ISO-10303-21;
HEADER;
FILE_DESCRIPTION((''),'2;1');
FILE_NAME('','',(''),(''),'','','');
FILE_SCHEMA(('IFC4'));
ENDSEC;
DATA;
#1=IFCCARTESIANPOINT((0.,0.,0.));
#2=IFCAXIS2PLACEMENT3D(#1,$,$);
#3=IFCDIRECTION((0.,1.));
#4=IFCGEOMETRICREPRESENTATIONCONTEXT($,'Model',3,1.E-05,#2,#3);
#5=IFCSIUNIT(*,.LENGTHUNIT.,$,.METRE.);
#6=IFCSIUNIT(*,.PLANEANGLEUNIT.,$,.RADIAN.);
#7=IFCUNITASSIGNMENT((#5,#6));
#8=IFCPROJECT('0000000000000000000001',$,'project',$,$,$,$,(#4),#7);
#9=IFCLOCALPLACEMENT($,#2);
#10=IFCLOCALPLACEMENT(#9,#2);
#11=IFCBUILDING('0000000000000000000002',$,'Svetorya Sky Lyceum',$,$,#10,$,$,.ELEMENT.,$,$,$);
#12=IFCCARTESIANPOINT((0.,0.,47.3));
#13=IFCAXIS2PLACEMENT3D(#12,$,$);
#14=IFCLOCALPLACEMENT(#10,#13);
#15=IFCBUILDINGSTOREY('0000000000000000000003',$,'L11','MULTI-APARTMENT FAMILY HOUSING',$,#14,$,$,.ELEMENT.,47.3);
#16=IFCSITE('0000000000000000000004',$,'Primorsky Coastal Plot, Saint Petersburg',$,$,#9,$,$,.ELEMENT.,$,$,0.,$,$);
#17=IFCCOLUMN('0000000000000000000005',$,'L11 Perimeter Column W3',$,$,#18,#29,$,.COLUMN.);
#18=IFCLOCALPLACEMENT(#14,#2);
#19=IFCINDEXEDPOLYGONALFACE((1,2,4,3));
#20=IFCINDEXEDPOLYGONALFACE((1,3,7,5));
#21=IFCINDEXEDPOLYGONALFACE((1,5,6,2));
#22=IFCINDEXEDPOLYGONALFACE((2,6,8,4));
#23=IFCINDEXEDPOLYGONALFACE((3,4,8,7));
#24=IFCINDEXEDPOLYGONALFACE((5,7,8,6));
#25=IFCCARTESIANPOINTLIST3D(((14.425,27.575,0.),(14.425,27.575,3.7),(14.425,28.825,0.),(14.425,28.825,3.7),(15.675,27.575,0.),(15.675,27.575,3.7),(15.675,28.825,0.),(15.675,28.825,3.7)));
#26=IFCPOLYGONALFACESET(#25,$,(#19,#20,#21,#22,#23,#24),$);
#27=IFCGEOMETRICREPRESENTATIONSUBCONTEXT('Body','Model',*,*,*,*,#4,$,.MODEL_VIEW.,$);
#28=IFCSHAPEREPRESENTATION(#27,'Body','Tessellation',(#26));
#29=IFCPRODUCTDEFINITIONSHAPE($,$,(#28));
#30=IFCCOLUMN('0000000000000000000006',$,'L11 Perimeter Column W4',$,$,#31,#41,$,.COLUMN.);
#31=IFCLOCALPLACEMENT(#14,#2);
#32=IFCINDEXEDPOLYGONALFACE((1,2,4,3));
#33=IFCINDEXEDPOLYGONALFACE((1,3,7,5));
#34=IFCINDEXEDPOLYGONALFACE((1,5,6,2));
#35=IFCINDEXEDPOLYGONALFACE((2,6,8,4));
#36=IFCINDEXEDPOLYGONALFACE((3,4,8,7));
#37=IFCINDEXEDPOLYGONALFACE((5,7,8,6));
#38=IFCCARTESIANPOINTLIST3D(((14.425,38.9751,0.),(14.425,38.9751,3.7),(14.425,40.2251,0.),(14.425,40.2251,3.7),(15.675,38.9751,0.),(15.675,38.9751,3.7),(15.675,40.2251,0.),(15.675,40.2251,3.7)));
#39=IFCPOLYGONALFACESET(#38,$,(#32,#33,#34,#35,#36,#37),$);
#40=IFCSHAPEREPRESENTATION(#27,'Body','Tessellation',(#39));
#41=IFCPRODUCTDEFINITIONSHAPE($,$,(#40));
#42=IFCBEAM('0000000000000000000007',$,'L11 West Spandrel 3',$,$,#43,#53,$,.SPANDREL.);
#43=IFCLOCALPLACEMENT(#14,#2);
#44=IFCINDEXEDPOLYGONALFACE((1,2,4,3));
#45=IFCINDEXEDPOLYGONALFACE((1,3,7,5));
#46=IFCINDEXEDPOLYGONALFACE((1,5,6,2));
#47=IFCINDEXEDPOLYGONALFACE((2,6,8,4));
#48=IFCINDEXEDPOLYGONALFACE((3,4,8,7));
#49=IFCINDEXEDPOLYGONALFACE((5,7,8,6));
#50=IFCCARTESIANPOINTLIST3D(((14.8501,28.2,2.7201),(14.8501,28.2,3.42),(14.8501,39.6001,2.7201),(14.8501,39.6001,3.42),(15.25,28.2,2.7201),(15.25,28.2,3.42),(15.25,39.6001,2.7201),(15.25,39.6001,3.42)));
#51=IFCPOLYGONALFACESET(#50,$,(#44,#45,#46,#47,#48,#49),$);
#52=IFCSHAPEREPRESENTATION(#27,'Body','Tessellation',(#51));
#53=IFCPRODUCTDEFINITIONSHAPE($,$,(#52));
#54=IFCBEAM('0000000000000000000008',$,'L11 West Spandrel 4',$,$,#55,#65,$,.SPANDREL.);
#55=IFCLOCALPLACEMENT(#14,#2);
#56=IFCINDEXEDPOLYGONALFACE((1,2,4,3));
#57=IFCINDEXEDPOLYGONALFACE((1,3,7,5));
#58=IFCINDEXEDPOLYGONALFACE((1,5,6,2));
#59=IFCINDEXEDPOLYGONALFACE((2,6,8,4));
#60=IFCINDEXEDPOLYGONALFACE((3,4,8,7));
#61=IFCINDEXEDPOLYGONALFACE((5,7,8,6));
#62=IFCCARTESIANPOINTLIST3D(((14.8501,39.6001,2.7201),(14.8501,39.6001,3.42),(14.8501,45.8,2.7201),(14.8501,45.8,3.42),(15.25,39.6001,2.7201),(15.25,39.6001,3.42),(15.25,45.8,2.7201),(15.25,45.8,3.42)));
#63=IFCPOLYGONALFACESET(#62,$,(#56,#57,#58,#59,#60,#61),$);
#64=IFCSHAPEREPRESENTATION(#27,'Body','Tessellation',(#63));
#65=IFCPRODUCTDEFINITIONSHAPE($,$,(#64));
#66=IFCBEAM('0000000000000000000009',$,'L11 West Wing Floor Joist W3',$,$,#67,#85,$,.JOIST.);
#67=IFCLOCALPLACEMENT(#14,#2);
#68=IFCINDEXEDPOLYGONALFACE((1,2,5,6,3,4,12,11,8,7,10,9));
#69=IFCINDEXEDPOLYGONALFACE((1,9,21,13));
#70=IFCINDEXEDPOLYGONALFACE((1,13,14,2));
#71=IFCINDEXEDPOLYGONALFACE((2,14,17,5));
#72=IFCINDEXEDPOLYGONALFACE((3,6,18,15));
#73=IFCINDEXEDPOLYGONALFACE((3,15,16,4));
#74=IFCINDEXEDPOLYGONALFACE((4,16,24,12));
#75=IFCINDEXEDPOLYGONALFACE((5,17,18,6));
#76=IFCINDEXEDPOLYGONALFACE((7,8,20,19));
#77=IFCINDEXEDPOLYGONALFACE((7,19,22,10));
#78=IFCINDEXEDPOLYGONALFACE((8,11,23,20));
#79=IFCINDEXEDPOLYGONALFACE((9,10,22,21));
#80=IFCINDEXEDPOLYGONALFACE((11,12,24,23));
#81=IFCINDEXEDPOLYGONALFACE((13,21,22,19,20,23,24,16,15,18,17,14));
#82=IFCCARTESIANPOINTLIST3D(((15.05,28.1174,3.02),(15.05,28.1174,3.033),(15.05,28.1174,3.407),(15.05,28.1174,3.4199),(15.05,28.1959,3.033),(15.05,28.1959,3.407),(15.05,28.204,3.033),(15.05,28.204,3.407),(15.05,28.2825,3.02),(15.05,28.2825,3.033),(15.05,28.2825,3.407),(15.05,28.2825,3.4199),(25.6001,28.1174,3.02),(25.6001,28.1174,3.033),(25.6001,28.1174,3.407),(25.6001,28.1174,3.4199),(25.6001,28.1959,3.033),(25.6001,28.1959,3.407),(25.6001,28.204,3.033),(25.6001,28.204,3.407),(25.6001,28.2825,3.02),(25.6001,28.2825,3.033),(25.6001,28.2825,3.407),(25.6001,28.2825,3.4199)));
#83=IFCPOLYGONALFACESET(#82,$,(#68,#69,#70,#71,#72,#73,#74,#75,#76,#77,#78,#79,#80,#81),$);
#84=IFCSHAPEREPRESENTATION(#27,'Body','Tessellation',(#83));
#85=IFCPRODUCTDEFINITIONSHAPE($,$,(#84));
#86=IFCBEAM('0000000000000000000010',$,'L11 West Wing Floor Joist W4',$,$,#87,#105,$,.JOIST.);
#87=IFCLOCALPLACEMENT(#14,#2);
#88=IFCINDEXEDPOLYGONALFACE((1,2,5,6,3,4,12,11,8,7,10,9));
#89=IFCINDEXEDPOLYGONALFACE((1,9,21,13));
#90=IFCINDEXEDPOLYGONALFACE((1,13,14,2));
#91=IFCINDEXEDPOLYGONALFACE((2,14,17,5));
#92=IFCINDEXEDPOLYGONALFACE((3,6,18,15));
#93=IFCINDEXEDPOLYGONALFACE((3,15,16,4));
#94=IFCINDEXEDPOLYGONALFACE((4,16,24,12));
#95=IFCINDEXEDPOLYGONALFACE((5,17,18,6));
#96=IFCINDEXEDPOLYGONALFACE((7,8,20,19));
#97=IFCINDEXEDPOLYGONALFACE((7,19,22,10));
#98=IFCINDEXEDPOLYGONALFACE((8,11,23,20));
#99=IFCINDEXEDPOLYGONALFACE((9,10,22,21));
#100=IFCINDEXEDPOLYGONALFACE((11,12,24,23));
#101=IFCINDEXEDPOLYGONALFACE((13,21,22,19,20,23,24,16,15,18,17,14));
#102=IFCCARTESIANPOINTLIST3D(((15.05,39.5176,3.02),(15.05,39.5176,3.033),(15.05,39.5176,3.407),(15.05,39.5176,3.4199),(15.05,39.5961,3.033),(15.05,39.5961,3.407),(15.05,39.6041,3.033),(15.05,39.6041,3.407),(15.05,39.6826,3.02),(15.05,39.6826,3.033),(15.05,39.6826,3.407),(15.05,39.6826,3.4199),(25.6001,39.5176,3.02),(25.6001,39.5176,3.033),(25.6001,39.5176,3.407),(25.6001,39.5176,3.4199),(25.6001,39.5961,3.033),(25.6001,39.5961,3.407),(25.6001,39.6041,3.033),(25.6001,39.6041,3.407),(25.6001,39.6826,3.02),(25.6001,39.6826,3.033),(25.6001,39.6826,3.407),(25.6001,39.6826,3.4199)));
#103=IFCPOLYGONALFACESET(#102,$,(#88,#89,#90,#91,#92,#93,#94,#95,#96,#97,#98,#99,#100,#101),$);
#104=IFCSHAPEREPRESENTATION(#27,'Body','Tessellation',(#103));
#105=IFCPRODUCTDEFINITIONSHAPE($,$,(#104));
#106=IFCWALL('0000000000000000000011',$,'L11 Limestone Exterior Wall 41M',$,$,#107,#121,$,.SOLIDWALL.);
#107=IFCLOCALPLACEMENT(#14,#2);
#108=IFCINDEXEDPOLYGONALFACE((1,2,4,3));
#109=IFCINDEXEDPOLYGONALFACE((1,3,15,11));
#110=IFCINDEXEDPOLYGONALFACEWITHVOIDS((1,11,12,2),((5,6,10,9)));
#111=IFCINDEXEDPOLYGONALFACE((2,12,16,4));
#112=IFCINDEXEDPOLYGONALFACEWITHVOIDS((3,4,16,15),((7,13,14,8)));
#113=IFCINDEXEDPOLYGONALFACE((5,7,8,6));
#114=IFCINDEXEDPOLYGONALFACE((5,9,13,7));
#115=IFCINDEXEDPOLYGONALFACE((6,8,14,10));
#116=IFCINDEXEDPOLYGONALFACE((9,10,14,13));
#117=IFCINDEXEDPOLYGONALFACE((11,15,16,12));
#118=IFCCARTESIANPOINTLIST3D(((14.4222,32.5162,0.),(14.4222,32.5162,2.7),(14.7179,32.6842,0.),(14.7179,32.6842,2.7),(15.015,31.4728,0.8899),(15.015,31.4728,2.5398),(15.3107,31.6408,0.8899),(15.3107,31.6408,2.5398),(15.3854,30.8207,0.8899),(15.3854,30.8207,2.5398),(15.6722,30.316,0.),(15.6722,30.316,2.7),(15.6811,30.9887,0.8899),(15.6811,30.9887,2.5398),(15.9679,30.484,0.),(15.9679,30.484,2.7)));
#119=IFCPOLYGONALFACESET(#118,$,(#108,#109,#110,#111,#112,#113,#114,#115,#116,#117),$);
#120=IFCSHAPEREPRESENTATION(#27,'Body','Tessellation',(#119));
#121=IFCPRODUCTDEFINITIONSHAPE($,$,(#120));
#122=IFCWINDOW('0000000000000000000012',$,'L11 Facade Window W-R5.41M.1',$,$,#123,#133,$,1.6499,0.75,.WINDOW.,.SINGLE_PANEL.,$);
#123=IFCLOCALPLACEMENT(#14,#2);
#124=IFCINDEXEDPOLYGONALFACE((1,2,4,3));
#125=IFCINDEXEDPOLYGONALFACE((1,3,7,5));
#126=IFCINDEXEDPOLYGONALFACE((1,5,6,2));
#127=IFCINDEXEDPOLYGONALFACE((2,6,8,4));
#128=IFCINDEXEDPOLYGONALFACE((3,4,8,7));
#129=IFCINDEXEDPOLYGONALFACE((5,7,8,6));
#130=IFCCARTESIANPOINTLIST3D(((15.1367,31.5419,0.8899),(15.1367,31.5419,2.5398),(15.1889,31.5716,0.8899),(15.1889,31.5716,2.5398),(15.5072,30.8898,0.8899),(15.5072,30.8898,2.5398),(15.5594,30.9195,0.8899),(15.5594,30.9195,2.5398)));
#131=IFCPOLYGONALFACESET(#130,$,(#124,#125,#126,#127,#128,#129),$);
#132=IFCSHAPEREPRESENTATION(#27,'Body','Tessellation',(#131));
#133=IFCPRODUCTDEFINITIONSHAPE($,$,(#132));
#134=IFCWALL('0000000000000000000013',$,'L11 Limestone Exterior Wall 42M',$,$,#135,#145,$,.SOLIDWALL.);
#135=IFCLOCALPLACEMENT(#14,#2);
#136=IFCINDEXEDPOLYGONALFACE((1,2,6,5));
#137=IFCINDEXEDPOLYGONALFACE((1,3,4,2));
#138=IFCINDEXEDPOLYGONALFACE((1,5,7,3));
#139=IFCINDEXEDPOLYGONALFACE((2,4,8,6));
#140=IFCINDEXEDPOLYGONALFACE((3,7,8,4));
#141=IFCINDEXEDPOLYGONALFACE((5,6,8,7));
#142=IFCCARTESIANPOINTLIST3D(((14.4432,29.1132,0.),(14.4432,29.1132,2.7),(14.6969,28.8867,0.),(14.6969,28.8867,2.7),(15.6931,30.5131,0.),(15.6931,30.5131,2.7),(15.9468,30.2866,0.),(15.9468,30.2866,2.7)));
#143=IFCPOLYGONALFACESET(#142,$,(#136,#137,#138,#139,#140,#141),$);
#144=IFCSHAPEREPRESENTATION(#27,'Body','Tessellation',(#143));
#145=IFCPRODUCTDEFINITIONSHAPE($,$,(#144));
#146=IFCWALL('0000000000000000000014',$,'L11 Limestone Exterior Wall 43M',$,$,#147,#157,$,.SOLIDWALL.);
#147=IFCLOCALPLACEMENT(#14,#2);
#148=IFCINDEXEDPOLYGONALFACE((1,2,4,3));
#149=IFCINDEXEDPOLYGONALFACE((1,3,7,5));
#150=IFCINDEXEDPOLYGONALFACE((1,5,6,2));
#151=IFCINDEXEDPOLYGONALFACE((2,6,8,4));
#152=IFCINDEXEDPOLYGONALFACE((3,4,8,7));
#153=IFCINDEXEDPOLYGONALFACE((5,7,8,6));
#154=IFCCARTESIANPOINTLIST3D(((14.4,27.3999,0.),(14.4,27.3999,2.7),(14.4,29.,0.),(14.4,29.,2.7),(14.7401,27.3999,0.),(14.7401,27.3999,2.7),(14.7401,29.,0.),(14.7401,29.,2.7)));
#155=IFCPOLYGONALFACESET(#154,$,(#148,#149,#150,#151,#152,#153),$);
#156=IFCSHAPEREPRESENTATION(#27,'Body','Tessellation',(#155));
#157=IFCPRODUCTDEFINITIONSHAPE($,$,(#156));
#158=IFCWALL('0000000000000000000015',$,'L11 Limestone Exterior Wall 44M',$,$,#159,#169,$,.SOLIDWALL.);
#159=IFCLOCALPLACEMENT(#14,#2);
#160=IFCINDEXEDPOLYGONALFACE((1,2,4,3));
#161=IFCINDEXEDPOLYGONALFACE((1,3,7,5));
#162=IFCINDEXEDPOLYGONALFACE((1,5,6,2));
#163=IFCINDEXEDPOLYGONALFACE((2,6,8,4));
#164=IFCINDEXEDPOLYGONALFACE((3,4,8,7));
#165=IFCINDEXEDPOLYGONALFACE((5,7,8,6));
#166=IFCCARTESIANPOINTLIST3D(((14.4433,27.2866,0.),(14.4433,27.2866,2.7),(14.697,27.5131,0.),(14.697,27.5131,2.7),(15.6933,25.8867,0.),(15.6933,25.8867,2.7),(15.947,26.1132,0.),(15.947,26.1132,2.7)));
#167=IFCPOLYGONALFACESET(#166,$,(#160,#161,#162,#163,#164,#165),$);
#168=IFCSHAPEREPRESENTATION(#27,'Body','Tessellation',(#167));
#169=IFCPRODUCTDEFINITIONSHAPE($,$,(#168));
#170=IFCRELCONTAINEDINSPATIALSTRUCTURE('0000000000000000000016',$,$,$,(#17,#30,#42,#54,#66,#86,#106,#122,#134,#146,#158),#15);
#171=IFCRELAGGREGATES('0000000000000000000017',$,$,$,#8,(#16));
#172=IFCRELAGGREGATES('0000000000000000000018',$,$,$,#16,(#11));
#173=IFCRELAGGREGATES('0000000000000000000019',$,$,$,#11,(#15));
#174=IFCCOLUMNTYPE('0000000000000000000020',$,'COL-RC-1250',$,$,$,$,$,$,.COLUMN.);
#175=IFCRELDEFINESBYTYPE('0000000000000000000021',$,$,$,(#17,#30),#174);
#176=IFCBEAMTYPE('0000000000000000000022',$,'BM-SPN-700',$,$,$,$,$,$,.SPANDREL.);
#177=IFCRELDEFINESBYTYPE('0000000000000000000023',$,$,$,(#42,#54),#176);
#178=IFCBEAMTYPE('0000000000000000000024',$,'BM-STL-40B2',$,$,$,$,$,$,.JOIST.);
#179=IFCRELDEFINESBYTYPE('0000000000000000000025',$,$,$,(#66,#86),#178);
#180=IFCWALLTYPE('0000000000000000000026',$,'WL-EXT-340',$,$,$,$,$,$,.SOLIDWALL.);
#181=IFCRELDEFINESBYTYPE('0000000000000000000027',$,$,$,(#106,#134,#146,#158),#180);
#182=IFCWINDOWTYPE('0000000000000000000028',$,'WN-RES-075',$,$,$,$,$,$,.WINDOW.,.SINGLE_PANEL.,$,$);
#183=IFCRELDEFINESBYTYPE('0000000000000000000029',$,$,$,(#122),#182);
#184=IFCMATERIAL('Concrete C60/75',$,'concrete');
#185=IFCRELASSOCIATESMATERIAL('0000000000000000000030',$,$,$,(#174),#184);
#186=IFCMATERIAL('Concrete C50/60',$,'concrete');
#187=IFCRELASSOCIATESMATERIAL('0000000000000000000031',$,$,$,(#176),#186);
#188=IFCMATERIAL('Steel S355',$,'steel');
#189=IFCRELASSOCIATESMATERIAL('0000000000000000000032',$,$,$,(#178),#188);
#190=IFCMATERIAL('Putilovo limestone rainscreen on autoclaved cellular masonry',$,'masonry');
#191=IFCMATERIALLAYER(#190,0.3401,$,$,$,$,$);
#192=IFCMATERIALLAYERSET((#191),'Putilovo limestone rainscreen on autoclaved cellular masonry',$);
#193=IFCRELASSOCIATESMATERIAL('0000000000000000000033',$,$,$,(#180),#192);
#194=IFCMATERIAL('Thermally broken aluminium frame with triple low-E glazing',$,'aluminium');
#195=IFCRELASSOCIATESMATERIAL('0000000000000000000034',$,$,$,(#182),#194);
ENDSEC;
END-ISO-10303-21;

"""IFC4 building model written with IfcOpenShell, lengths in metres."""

from ifc_helpers import new_model, si_unit, direction, frame, frame_2d, origin, origin_2d, place, context, subcontext, project, spatial, rectangle, i_section, extrude, material, layer, layer_set, material_profile, profile_set, type_object, element, fill, save


model = new_model("IFC4")

# Units and contexts
model_context = context("Model", 3, precision=1e-05, world=origin(), true_north=direction((0.0, 1.0)))
body_context = subcontext(model_context, "Body", "Model", "MODEL_VIEW")
ifc_project = project(units=[si_unit("LENGTHUNIT", "METRE"), si_unit("PLANEANGLEUNIT", "RADIAN")], contexts=[model_context])

# Site, building, storey
site_placement = place(None, origin())
site = spatial("IfcSite", under=ifc_project, at=site_placement, Name="Primorsky Coastal Plot, Saint Petersburg", CompositionType="ELEMENT", RefElevation=0.0)
building_placement = place(site_placement, origin())
building = spatial("IfcBuilding", under=site, at=building_placement, Name="Svetorya Sky Lyceum", CompositionType="ELEMENT")
storey_placement = place(building_placement, frame((0.0, 0.0, 47.3)))
storey = spatial("IfcBuildingStorey", under=building, at=storey_placement, Name="L11", Description="MULTI-APARTMENT FAMILY HOUSING", CompositionType="ELEMENT", Elevation=47.3)

# Columns
ifc_material_1 = material(Name="Concrete C60/75", Category="concrete")
ifc_material_profile_1 = material_profile(ifc_material_1, rectangle(XDim=1.25, YDim=1.25, at=origin_2d()), Name="RC COL 1250x1250")
ifc_profile_set_1 = profile_set([ifc_material_profile_1], Name="Concrete C60/75")
column_type = type_object("IfcColumnType", Name="COL-RC-1250", PredefinedType="COLUMN", material=ifc_profile_set_1)
for number, where, z_axis, x_axis, name in (
    (1, (15.05, 28.2, 0.0), (0.0, 0.0, 1.0), (1.0, 0.0, 0.0), "L11 Perimeter Column W3"),
    (2, (15.05, 39.6001, 0.0), (0.0, 0.0, 1.0), (1.0, 0.0, 0.0), "L11 Perimeter Column W4"),
):
    element("IfcColumn", number, at=place(storey_placement, frame(where, z_axis=z_axis, x_axis=x_axis)), inside=storey, type_object=column_type, Name=name, PredefinedType="COLUMN", context=body_context, shape_type="SweptSolid", body=[
        extrude(rectangle(XDim=1.25, YDim=1.25, at=origin_2d()), origin(), (0.0, 0.0, 1.0), 3.7),
    ])

# Beams
ifc_material_2 = material(Name="Concrete C50/60", Category="concrete")
ifc_material_profile_2 = material_profile(ifc_material_2, rectangle(XDim=0.3999, YDim=0.7, at=origin_2d()), Name="RC SPANDREL 400x700")
ifc_profile_set_2 = profile_set([ifc_material_profile_2], Name="Concrete C50/60")
beam_type_1 = type_object("IfcBeamType", Name="BM-SPN-700", PredefinedType="SPANDREL", material=ifc_profile_set_2)
beam_1_placement = place(storey_placement, frame((15.05, 28.2, 3.0701), z_axis=(0.0, 1.0, 0.0), x_axis=(-1.0, 0.0, 0.0)))
element("IfcBeam", 3, at=beam_1_placement, inside=storey, type_object=beam_type_1, Name="L11 West Spandrel 3", PredefinedType="SPANDREL", context=body_context, shape_type="SweptSolid", body=[
    extrude(rectangle(XDim=0.3999, YDim=0.7, at=origin_2d()), origin(), (0.0, 0.0, 1.0), 11.4001),
])
beam_2_placement = place(storey_placement, frame((15.05, 39.6001, 3.0701), z_axis=(0.0, 1.0, 0.0), x_axis=(-1.0, 0.0, 0.0)))
element("IfcBeam", 4, at=beam_2_placement, inside=storey, type_object=beam_type_1, Name="L11 West Spandrel 4", PredefinedType="SPANDREL", context=body_context, shape_type="SweptSolid", body=[
    extrude(rectangle(XDim=0.3999, YDim=0.7, at=origin_2d()), origin(), (0.0, 0.0, 1.0), 6.2),
])
ifc_material_3 = material(Name="Steel S355", Category="steel")
ifc_material_profile_3 = material_profile(ifc_material_3, i_section(OverallWidth=0.165, OverallDepth=0.3999, WebThickness=0.0081, FlangeThickness=0.0129, at=origin_2d()), Name="GOST 40B2")
ifc_profile_set_3 = profile_set([ifc_material_profile_3], Name="Steel S355")
beam_type_2 = type_object("IfcBeamType", Name="BM-STL-40B2", PredefinedType="JOIST", material=ifc_profile_set_3)
for number, where, z_axis, x_axis, name in (
    (5, (15.05, 28.2, 3.22), (1.0, 0.0, 0.0), (0.0, 1.0, 0.0), "L11 West Wing Floor Joist W3"),
    (6, (15.05, 39.6001, 3.22), (1.0, 0.0, 0.0), (0.0, 1.0, 0.0), "L11 West Wing Floor Joist W4"),
):
    element("IfcBeam", number, at=place(storey_placement, frame(where, z_axis=z_axis, x_axis=x_axis)), inside=storey, type_object=beam_type_2, Name=name, PredefinedType="JOIST", context=body_context, shape_type="SweptSolid", body=[
        extrude(i_section(OverallWidth=0.165, OverallDepth=0.3999, WebThickness=0.0081, FlangeThickness=0.0129, at=origin_2d()), origin(), (0.0, 0.0, 1.0), 10.55),
    ])

# Wall, opening, window
ifc_material_4 = material(Name="Putilovo limestone rainscreen on autoclaved cellular masonry", Category="masonry")
ifc_layer_1 = layer(ifc_material_4, 0.3401)
ifc_layer_set_1 = layer_set([ifc_layer_1], Name="Putilovo limestone rainscreen on autoclaved cellular masonry")
wall_type_1 = type_object("IfcWallType", Name="WL-EXT-340", PredefinedType="SOLIDWALL", material=ifc_layer_set_1)
wall_1_placement = place(storey_placement, frame((14.5701, 32.6001, 0.0), z_axis=(0.0, 0.0, 1.0), x_axis=(0.493976, -0.869475, 0.0)))
wall_1 = element("IfcWall", 7, at=wall_1_placement, inside=storey, type_object=wall_type_1, Name="L11 Limestone Exterior Wall 41M", PredefinedType="SOLIDWALL", context=body_context, shape_type="SweptSolid", body=[
    extrude(rectangle(XDim=2.5305, YDim=0.3401, at=frame_2d((1.2651, 0.0))), origin(), (0.0, 0.0, 1.0), 2.7),
])
opening_1_placement = place(wall_1_placement, frame((1.2, 0.0, 0.8899)))
opening_1 = element("IfcOpeningElement", 8, at=opening_1_placement, cuts=wall_1, PredefinedType="OPENING", context=body_context, shape_type="SweptSolid", body=[
    extrude(rectangle(XDim=0.75, YDim=1.6499, at=frame_2d((0.375, 0.825))), frame((0.0, 0.1799, 0.0), z_axis=(0.0, -1.0, 0.0), x_axis=(1.0, 0.0, 0.0)), (0.0, 0.0, 1.0), 0.3601),
])
ifc_material_5 = material(Name="Thermally broken aluminium frame with triple low-E glazing", Category="aluminium")
window_type_1 = type_object("IfcWindowType", Name="WN-RES-075", PartitioningType="SINGLE_PANEL", PredefinedType="WINDOW", material=ifc_material_5)
window_1_placement = place(opening_1_placement, origin())
window_1 = element("IfcWindow", 9, at=window_1_placement, inside=storey, type_object=window_type_1, Name="L11 Facade Window W-R5.41M.1", OverallHeight=1.6499, OverallWidth=0.75, PartitioningType="SINGLE_PANEL", PredefinedType="WINDOW", context=body_context, shape_type="SweptSolid", body=[
    extrude(rectangle(XDim=0.75, YDim=1.6499, at=frame_2d((0.375, 0.825))), frame((0.0, 0.03, 0.0), z_axis=(0.0, -1.0, 0.0), x_axis=(1.0, 0.0, 0.0)), (0.0, 0.0, 1.0), 0.0601),
])
fill(opening_1, window_1)

# Walls
wall_2_placement = place(storey_placement, frame((15.8201, 30.3999, 0.0), z_axis=(0.0, 0.0, 1.0), x_axis=(-0.666042, -0.745915, 0.0)))
element("IfcWall", 10, at=wall_2_placement, inside=storey, type_object=wall_type_1, Name="L11 Limestone Exterior Wall 42M", PredefinedType="SOLIDWALL", context=body_context, shape_type="SweptSolid", body=[
    extrude(rectangle(XDim=1.8767, YDim=0.3401, at=frame_2d((0.9385, 0.0))), origin(), (0.0, 0.0, 1.0), 2.7),
])
wall_3_placement = place(storey_placement, frame((14.5701, 29.0, 0.0), z_axis=(0.0, 0.0, 1.0), x_axis=(0.0, -1.0, 0.0)))
element("IfcWall", 11, at=wall_3_placement, inside=storey, type_object=wall_type_1, Name="L11 Limestone Exterior Wall 43M", PredefinedType="SOLIDWALL", context=body_context, shape_type="SweptSolid", body=[
    extrude(rectangle(XDim=1.6001, YDim=0.3401, at=frame_2d((0.8, 0.0))), origin(), (0.0, 0.0, 1.0), 2.7),
])
wall_4_placement = place(storey_placement, frame((14.5701, 27.3999, 0.0), z_axis=(0.0, 0.0, 1.0), x_axis=(0.666042, -0.745915, 0.0)))
element("IfcWall", 12, at=wall_4_placement, inside=storey, type_object=wall_type_1, Name="L11 Limestone Exterior Wall 44M", PredefinedType="SOLIDWALL", context=body_context, shape_type="SweptSolid", body=[
    extrude(rectangle(XDim=1.8767, YDim=0.3401, at=frame_2d((0.9385, 0.0))), origin(), (0.0, 0.0, 1.0), 2.7),
])

save(model, "model.ifc")
